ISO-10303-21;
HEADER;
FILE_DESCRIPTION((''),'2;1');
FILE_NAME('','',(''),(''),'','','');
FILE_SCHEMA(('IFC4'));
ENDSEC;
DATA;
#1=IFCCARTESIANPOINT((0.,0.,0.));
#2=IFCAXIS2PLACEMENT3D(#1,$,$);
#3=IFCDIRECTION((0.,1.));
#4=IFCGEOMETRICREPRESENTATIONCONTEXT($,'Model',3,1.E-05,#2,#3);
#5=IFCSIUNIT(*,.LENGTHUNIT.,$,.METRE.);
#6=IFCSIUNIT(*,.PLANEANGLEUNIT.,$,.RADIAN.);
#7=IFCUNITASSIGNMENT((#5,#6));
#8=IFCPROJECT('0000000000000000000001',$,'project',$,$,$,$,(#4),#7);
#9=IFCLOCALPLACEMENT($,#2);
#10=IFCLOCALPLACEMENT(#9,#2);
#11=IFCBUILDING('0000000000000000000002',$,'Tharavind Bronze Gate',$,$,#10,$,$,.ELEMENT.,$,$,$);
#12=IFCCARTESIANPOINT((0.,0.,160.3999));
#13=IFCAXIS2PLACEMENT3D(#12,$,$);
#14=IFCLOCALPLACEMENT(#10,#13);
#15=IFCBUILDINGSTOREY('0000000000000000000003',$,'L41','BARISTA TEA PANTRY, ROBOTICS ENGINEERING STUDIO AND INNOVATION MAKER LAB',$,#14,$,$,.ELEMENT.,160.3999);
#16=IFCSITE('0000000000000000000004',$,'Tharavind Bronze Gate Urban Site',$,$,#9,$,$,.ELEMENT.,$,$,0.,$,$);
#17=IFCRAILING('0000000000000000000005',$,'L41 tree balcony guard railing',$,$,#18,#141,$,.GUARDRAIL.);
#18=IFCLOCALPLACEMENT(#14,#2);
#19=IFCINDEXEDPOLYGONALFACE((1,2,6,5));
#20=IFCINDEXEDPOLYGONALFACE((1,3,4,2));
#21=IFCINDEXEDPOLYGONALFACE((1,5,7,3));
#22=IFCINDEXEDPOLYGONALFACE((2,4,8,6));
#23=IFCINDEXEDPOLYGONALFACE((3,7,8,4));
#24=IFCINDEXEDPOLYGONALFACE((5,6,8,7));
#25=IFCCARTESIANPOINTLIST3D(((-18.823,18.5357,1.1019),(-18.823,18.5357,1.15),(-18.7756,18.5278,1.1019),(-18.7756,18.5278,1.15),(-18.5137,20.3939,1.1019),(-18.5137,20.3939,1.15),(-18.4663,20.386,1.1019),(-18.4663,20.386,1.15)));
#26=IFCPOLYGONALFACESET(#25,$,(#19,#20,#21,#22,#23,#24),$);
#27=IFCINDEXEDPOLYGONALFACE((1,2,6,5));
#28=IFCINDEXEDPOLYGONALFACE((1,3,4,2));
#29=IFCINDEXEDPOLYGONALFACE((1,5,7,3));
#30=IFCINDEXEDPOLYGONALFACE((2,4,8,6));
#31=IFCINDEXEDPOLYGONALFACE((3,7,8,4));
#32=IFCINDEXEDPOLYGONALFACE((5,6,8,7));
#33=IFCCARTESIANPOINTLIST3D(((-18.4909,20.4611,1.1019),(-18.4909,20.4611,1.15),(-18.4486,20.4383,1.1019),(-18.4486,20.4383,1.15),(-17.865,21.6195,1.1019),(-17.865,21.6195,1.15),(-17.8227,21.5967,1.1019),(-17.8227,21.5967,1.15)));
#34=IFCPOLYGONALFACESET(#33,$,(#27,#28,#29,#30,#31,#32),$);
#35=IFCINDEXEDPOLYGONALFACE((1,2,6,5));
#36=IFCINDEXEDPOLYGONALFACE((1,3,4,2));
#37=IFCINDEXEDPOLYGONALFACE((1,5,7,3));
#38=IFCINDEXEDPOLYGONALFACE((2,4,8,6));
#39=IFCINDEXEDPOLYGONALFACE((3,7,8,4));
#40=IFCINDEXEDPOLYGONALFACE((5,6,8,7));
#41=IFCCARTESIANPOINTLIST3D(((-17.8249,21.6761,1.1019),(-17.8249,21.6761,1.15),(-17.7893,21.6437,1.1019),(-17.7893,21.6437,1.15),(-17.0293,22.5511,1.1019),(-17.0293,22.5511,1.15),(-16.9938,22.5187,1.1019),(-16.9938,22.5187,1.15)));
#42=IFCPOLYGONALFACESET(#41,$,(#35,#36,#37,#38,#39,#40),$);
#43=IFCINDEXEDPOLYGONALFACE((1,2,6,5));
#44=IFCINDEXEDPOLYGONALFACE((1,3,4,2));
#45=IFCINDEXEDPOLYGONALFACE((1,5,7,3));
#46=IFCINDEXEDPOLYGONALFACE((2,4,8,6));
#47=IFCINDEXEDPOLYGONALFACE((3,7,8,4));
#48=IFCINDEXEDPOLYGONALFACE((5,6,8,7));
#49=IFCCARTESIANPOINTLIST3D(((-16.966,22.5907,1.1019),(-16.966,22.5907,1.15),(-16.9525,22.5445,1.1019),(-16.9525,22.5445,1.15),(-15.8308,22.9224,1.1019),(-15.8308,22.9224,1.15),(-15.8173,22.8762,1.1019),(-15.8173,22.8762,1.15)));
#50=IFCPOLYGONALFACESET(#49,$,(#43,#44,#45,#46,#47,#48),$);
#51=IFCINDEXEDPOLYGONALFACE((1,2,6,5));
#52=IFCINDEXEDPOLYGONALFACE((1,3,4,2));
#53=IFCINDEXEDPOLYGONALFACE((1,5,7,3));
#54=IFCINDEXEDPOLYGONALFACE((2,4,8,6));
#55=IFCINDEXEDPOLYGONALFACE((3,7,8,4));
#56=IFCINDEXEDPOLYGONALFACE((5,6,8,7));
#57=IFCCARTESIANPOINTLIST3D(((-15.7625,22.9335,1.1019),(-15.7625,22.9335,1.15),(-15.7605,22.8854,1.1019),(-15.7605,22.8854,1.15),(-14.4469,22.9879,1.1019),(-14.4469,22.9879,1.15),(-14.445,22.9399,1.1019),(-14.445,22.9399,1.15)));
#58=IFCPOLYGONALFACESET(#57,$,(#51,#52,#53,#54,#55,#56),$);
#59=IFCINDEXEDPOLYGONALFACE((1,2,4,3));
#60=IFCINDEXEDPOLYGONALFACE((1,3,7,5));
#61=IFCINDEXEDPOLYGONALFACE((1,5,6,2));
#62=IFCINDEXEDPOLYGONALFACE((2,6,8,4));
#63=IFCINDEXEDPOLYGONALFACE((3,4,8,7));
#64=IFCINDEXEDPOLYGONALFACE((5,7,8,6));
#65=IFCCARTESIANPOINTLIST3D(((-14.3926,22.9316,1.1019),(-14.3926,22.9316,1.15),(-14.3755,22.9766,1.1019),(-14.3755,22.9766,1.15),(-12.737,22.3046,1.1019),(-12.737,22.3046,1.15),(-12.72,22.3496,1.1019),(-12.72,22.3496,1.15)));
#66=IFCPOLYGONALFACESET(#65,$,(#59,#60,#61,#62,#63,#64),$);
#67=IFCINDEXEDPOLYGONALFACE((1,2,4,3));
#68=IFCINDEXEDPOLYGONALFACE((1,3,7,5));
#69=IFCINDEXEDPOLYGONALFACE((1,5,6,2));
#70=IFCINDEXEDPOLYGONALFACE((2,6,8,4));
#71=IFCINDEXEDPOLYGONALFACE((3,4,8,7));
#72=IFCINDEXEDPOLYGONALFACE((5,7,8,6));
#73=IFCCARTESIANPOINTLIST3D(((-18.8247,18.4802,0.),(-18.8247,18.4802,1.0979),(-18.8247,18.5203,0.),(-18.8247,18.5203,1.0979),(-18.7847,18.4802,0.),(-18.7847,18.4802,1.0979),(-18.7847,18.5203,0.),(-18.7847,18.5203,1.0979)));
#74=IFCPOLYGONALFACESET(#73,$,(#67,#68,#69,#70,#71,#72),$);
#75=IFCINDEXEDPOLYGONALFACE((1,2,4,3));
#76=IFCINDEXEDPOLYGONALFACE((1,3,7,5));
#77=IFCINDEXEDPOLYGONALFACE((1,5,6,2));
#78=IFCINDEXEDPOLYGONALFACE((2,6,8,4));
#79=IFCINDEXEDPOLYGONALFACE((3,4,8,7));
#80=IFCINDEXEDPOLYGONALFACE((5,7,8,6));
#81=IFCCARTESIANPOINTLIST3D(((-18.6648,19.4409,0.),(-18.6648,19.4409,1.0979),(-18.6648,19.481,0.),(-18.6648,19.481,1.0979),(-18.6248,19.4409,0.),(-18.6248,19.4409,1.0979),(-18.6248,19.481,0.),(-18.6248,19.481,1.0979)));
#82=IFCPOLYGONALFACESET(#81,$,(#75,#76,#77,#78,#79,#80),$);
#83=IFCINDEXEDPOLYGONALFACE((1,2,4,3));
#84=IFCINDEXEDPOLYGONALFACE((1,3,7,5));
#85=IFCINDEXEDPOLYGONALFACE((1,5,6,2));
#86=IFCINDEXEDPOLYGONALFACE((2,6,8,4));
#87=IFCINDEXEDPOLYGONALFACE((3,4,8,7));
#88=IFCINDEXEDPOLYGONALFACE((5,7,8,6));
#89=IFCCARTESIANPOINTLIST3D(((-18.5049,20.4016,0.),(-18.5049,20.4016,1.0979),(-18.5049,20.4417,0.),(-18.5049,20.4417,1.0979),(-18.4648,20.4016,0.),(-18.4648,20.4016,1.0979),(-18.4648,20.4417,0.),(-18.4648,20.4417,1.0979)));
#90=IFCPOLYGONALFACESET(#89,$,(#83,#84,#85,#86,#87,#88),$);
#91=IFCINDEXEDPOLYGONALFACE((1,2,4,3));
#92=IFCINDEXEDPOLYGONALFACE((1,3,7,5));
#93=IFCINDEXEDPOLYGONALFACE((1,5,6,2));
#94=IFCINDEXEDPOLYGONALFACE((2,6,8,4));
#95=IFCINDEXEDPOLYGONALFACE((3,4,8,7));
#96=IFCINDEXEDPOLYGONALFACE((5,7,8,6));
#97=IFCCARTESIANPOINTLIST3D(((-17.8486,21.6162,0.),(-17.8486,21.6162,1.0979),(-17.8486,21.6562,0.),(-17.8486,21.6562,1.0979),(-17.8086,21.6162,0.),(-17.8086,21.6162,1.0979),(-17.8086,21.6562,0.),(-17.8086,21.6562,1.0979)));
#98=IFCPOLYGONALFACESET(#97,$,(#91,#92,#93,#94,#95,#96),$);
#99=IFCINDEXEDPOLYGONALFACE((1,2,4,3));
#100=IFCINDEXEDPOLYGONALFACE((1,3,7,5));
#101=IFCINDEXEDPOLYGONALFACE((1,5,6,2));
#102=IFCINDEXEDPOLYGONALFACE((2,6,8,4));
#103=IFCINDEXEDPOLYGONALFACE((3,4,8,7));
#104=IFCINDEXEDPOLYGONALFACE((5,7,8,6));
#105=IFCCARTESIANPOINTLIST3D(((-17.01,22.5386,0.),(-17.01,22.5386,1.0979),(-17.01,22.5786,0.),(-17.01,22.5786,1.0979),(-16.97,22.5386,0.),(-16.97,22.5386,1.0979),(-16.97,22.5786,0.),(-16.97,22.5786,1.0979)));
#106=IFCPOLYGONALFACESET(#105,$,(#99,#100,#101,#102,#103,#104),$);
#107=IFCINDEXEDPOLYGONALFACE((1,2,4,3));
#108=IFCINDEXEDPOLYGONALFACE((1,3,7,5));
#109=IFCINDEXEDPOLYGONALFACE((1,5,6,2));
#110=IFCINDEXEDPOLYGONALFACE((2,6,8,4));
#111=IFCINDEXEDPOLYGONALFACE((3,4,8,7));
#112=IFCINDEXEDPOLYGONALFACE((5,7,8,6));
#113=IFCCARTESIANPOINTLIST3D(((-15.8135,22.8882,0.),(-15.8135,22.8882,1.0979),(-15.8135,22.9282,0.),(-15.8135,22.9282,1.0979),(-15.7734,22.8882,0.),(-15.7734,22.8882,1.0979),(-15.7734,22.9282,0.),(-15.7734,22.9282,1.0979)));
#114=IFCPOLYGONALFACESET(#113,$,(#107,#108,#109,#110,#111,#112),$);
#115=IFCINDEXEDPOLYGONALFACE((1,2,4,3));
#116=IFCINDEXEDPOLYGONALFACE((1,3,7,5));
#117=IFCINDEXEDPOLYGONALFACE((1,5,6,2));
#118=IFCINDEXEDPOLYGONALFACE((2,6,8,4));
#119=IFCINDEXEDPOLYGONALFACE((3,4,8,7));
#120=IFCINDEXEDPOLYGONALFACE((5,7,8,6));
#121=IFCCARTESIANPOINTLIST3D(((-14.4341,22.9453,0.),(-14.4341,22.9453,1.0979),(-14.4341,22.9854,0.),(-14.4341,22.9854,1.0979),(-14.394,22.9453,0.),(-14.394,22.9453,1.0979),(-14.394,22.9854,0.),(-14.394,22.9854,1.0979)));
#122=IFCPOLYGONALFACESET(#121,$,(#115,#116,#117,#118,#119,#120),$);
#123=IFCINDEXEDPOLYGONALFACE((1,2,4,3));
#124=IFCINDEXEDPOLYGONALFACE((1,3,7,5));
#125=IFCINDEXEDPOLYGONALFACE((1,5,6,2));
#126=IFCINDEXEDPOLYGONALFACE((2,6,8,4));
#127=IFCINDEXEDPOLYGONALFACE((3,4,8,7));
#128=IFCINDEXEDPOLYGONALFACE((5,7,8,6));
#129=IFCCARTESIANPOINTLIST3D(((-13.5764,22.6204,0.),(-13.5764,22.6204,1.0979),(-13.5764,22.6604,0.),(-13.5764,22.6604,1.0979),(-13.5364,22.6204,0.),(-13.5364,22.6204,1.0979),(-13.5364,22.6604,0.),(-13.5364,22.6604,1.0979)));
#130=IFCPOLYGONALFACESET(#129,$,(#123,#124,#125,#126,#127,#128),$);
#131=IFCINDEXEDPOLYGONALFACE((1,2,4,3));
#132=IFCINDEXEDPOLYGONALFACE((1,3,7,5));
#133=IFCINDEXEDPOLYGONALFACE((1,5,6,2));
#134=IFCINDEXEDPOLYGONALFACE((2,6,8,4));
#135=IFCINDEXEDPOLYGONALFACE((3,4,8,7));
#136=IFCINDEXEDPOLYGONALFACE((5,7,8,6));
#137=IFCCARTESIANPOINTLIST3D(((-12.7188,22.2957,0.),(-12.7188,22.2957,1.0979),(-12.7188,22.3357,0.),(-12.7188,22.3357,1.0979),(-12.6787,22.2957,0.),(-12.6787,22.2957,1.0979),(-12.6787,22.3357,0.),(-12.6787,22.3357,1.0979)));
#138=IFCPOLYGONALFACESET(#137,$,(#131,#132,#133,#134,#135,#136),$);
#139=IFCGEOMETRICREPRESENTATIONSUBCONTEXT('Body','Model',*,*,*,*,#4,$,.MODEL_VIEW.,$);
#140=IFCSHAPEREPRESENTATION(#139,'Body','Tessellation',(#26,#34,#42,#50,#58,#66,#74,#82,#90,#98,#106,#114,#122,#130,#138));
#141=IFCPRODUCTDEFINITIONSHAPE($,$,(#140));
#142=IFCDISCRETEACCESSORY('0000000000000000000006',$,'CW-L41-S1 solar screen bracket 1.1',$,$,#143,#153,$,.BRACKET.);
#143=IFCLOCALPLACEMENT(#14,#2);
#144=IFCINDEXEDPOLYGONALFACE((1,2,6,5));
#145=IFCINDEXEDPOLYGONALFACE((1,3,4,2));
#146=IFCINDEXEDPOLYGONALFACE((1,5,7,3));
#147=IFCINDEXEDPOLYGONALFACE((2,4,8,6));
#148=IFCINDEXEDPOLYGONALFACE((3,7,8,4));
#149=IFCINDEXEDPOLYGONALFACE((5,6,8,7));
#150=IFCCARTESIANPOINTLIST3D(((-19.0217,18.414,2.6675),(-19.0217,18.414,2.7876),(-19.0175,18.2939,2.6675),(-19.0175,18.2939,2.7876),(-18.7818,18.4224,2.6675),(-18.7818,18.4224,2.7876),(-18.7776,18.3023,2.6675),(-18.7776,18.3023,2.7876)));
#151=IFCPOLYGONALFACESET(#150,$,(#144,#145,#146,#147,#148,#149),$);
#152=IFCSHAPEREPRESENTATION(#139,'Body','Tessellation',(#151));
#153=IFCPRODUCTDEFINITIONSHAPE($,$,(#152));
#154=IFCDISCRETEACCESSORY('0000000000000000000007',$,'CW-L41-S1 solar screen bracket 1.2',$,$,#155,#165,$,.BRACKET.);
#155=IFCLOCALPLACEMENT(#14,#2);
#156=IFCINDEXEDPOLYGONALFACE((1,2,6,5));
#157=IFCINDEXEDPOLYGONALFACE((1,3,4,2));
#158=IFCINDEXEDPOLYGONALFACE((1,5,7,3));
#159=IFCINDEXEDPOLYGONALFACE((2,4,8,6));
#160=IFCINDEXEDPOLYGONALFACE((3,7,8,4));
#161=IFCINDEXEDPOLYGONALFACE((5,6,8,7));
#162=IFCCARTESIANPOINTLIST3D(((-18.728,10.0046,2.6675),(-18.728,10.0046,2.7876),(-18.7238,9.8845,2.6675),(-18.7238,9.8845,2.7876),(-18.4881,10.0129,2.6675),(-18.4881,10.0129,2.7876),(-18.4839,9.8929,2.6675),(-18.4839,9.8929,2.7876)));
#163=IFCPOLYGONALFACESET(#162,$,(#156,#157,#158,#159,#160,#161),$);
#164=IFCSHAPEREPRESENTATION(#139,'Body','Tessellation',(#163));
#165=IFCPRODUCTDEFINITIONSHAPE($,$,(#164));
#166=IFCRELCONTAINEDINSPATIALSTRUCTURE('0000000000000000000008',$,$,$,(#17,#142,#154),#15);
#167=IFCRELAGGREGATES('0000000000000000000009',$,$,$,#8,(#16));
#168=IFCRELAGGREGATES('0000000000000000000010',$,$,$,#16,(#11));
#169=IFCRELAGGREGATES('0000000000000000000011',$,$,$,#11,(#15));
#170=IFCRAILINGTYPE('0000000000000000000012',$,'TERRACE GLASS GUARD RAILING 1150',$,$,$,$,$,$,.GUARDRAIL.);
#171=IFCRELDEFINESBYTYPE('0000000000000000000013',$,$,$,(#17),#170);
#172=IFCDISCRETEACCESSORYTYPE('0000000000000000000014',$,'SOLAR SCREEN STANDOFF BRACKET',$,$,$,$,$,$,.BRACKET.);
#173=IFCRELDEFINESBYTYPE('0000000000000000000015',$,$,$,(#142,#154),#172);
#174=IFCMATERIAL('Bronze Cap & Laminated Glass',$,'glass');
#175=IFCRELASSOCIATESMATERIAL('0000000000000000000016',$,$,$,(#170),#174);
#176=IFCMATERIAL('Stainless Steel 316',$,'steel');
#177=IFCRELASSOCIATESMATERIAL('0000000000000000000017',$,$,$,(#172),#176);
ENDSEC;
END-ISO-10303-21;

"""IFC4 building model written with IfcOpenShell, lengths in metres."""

from ifc_helpers import new_model, si_unit, direction, frame, origin, origin_2d, place, context, subcontext, project, spatial, rectangle, extrude, material, type_object, element, save


model = new_model("IFC4")

# Units and contexts
model_context = context("Model", 3, precision=1e-05, world=origin(), true_north=direction((0.0, 1.0)))
body_context = subcontext(model_context, "Body", "Model", "MODEL_VIEW")
ifc_project = project(units=[si_unit("LENGTHUNIT", "METRE"), si_unit("PLANEANGLEUNIT", "RADIAN")], contexts=[model_context])

# Site, building, storey
site_placement = place(None, origin())
site = spatial("IfcSite", under=ifc_project, at=site_placement, Name="Tharavind Bronze Gate Urban Site", CompositionType="ELEMENT", RefElevation=0.0)
building_placement = place(site_placement, origin())
building = spatial("IfcBuilding", under=site, at=building_placement, Name="Tharavind Bronze Gate", CompositionType="ELEMENT")
storey_placement = place(building_placement, frame((0.0, 0.0, 160.3999)))
storey = spatial("IfcBuildingStorey", under=building, at=storey_placement, Name="L41", Description="BARISTA TEA PANTRY, ROBOTICS ENGINEERING STUDIO AND INNOVATION MAKER LAB", CompositionType="ELEMENT", Elevation=160.3999)

# Railing
ifc_material_1 = material(Name="Bronze Cap & Laminated Glass", Category="glass")
railing_type = type_object("IfcRailingType", Name="TERRACE GLASS GUARD RAILING 1150", PredefinedType="GUARDRAIL", material=ifc_material_1)
railing_placement = place(storey_placement, frame((-18.8047, 18.5002, 0.0)))
element("IfcRailing", 1, at=railing_placement, inside=storey, type_object=railing_type, Name="L41 tree balcony guard railing", PredefinedType="GUARDRAIL", context=body_context, shape_type="SweptSolid", body=[
    extrude(rectangle(XDim=0.0481, YDim=0.0481, at=origin_2d()), frame((0.0054, 0.0315, 1.126), z_axis=(0.164196, 0.986428, 0.0), x_axis=(-0.986428, 0.164196, 0.0)), (0.0, 0.0, 1.0), 1.8838),
    extrude(rectangle(XDim=0.0481, YDim=0.0481, at=origin_2d()), frame((0.335, 1.9495, 1.126), z_axis=(0.475354, 0.879794, 0.0), x_axis=(-0.879794, 0.475354, 0.0)), (0.0, 0.0, 1.0), 1.3167),
    extrude(rectangle(XDim=0.0481, YDim=0.0481, at=origin_2d()), frame((0.9976, 3.1597, 1.126), z_axis=(0.672722, 0.739896, 0.0), x_axis=(-0.739896, 0.672722, 0.0)), (0.0, 0.0, 1.0), 1.1826),
    extrude(rectangle(XDim=0.0481, YDim=0.0481, at=origin_2d()), frame((1.8455, 4.0674, 1.126), z_axis=(0.959866, 0.280459, 0.0), x_axis=(-0.280459, 0.959866, 0.0)), (0.0, 0.0, 1.0), 1.1826),
    extrude(rectangle(XDim=0.0481, YDim=0.0481, at=origin_2d()), frame((3.0432, 4.4092, 1.126), z_axis=(0.999143, 0.04138, 0.0), x_axis=(-0.04138, 0.999143, 0.0)), (0.0, 0.0, 1.0), 1.3167),
    extrude(rectangle(XDim=0.0481, YDim=0.0481, at=origin_2d()), frame((4.4207, 4.4539, 1.126), z_axis=(0.935175, -0.354185, 0.0), x_axis=(0.354185, 0.935175, 0.0)), (0.0, 0.0, 1.0), 1.7703),
    extrude(rectangle(XDim=0.04, YDim=0.04, at=origin_2d()), origin(), (0.0, 0.0, 1.0), 1.0979),
    extrude(rectangle(XDim=0.04, YDim=0.04, at=origin_2d()), frame((0.1599, 0.9607, 0.0)), (0.0, 0.0, 1.0), 1.0979),
    extrude(rectangle(XDim=0.04, YDim=0.04, at=origin_2d()), frame((0.3198, 1.9214, 0.0)), (0.0, 0.0, 1.0), 1.0979),
    extrude(rectangle(XDim=0.04, YDim=0.04, at=origin_2d()), frame((0.9761, 3.136, 0.0)), (0.0, 0.0, 1.0), 1.0979),
    extrude(rectangle(XDim=0.04, YDim=0.04, at=origin_2d()), frame((1.8147, 4.0583, 0.0)), (0.0, 0.0, 1.0), 1.0979),
    extrude(rectangle(XDim=0.04, YDim=0.04, at=origin_2d()), frame((3.0112, 4.408, 0.0)), (0.0, 0.0, 1.0), 1.0979),
    extrude(rectangle(XDim=0.04, YDim=0.04, at=origin_2d()), frame((4.3906, 4.4651, 0.0)), (0.0, 0.0, 1.0), 1.0979),
    extrude(rectangle(XDim=0.04, YDim=0.04, at=origin_2d()), frame((5.2483, 4.1401, 0.0)), (0.0, 0.0, 1.0), 1.0979),
    extrude(rectangle(XDim=0.04, YDim=0.04, at=origin_2d()), frame((6.106, 3.8154, 0.0)), (0.0, 0.0, 1.0), 1.0979),
])

# Discrete accessories
ifc_material_2 = material(Name="Stainless Steel 316", Category="steel")
discrete_accessory_type = type_object("IfcDiscreteAccessoryType", Name="SOLAR SCREEN STANDOFF BRACKET", PredefinedType="BRACKET", material=ifc_material_2)
for number, where, z_axis, x_axis, name in (
    (2, (-18.8997, 18.3582, 2.6675), (0.0, 0.0, 1.0), (0.034899, -0.999391, 0.0), "CW-L41-S1 solar screen bracket 1.1"),
    (3, (-18.606, 9.9487, 2.6675), (0.0, 0.0, 1.0), (0.034899, -0.999391, 0.0), "CW-L41-S1 solar screen bracket 1.2"),
):
    element("IfcDiscreteAccessory", number, at=place(storey_placement, frame(where, z_axis=z_axis, x_axis=x_axis)), inside=storey, type_object=discrete_accessory_type, Name=name, PredefinedType="BRACKET", context=body_context, shape_type="SweptSolid", body=[
        extrude(rectangle(XDim=0.1201, YDim=0.24, at=origin_2d()), origin(), (0.0, 0.0, 1.0), 0.1201),
    ])

save(model, "model.ifc")
